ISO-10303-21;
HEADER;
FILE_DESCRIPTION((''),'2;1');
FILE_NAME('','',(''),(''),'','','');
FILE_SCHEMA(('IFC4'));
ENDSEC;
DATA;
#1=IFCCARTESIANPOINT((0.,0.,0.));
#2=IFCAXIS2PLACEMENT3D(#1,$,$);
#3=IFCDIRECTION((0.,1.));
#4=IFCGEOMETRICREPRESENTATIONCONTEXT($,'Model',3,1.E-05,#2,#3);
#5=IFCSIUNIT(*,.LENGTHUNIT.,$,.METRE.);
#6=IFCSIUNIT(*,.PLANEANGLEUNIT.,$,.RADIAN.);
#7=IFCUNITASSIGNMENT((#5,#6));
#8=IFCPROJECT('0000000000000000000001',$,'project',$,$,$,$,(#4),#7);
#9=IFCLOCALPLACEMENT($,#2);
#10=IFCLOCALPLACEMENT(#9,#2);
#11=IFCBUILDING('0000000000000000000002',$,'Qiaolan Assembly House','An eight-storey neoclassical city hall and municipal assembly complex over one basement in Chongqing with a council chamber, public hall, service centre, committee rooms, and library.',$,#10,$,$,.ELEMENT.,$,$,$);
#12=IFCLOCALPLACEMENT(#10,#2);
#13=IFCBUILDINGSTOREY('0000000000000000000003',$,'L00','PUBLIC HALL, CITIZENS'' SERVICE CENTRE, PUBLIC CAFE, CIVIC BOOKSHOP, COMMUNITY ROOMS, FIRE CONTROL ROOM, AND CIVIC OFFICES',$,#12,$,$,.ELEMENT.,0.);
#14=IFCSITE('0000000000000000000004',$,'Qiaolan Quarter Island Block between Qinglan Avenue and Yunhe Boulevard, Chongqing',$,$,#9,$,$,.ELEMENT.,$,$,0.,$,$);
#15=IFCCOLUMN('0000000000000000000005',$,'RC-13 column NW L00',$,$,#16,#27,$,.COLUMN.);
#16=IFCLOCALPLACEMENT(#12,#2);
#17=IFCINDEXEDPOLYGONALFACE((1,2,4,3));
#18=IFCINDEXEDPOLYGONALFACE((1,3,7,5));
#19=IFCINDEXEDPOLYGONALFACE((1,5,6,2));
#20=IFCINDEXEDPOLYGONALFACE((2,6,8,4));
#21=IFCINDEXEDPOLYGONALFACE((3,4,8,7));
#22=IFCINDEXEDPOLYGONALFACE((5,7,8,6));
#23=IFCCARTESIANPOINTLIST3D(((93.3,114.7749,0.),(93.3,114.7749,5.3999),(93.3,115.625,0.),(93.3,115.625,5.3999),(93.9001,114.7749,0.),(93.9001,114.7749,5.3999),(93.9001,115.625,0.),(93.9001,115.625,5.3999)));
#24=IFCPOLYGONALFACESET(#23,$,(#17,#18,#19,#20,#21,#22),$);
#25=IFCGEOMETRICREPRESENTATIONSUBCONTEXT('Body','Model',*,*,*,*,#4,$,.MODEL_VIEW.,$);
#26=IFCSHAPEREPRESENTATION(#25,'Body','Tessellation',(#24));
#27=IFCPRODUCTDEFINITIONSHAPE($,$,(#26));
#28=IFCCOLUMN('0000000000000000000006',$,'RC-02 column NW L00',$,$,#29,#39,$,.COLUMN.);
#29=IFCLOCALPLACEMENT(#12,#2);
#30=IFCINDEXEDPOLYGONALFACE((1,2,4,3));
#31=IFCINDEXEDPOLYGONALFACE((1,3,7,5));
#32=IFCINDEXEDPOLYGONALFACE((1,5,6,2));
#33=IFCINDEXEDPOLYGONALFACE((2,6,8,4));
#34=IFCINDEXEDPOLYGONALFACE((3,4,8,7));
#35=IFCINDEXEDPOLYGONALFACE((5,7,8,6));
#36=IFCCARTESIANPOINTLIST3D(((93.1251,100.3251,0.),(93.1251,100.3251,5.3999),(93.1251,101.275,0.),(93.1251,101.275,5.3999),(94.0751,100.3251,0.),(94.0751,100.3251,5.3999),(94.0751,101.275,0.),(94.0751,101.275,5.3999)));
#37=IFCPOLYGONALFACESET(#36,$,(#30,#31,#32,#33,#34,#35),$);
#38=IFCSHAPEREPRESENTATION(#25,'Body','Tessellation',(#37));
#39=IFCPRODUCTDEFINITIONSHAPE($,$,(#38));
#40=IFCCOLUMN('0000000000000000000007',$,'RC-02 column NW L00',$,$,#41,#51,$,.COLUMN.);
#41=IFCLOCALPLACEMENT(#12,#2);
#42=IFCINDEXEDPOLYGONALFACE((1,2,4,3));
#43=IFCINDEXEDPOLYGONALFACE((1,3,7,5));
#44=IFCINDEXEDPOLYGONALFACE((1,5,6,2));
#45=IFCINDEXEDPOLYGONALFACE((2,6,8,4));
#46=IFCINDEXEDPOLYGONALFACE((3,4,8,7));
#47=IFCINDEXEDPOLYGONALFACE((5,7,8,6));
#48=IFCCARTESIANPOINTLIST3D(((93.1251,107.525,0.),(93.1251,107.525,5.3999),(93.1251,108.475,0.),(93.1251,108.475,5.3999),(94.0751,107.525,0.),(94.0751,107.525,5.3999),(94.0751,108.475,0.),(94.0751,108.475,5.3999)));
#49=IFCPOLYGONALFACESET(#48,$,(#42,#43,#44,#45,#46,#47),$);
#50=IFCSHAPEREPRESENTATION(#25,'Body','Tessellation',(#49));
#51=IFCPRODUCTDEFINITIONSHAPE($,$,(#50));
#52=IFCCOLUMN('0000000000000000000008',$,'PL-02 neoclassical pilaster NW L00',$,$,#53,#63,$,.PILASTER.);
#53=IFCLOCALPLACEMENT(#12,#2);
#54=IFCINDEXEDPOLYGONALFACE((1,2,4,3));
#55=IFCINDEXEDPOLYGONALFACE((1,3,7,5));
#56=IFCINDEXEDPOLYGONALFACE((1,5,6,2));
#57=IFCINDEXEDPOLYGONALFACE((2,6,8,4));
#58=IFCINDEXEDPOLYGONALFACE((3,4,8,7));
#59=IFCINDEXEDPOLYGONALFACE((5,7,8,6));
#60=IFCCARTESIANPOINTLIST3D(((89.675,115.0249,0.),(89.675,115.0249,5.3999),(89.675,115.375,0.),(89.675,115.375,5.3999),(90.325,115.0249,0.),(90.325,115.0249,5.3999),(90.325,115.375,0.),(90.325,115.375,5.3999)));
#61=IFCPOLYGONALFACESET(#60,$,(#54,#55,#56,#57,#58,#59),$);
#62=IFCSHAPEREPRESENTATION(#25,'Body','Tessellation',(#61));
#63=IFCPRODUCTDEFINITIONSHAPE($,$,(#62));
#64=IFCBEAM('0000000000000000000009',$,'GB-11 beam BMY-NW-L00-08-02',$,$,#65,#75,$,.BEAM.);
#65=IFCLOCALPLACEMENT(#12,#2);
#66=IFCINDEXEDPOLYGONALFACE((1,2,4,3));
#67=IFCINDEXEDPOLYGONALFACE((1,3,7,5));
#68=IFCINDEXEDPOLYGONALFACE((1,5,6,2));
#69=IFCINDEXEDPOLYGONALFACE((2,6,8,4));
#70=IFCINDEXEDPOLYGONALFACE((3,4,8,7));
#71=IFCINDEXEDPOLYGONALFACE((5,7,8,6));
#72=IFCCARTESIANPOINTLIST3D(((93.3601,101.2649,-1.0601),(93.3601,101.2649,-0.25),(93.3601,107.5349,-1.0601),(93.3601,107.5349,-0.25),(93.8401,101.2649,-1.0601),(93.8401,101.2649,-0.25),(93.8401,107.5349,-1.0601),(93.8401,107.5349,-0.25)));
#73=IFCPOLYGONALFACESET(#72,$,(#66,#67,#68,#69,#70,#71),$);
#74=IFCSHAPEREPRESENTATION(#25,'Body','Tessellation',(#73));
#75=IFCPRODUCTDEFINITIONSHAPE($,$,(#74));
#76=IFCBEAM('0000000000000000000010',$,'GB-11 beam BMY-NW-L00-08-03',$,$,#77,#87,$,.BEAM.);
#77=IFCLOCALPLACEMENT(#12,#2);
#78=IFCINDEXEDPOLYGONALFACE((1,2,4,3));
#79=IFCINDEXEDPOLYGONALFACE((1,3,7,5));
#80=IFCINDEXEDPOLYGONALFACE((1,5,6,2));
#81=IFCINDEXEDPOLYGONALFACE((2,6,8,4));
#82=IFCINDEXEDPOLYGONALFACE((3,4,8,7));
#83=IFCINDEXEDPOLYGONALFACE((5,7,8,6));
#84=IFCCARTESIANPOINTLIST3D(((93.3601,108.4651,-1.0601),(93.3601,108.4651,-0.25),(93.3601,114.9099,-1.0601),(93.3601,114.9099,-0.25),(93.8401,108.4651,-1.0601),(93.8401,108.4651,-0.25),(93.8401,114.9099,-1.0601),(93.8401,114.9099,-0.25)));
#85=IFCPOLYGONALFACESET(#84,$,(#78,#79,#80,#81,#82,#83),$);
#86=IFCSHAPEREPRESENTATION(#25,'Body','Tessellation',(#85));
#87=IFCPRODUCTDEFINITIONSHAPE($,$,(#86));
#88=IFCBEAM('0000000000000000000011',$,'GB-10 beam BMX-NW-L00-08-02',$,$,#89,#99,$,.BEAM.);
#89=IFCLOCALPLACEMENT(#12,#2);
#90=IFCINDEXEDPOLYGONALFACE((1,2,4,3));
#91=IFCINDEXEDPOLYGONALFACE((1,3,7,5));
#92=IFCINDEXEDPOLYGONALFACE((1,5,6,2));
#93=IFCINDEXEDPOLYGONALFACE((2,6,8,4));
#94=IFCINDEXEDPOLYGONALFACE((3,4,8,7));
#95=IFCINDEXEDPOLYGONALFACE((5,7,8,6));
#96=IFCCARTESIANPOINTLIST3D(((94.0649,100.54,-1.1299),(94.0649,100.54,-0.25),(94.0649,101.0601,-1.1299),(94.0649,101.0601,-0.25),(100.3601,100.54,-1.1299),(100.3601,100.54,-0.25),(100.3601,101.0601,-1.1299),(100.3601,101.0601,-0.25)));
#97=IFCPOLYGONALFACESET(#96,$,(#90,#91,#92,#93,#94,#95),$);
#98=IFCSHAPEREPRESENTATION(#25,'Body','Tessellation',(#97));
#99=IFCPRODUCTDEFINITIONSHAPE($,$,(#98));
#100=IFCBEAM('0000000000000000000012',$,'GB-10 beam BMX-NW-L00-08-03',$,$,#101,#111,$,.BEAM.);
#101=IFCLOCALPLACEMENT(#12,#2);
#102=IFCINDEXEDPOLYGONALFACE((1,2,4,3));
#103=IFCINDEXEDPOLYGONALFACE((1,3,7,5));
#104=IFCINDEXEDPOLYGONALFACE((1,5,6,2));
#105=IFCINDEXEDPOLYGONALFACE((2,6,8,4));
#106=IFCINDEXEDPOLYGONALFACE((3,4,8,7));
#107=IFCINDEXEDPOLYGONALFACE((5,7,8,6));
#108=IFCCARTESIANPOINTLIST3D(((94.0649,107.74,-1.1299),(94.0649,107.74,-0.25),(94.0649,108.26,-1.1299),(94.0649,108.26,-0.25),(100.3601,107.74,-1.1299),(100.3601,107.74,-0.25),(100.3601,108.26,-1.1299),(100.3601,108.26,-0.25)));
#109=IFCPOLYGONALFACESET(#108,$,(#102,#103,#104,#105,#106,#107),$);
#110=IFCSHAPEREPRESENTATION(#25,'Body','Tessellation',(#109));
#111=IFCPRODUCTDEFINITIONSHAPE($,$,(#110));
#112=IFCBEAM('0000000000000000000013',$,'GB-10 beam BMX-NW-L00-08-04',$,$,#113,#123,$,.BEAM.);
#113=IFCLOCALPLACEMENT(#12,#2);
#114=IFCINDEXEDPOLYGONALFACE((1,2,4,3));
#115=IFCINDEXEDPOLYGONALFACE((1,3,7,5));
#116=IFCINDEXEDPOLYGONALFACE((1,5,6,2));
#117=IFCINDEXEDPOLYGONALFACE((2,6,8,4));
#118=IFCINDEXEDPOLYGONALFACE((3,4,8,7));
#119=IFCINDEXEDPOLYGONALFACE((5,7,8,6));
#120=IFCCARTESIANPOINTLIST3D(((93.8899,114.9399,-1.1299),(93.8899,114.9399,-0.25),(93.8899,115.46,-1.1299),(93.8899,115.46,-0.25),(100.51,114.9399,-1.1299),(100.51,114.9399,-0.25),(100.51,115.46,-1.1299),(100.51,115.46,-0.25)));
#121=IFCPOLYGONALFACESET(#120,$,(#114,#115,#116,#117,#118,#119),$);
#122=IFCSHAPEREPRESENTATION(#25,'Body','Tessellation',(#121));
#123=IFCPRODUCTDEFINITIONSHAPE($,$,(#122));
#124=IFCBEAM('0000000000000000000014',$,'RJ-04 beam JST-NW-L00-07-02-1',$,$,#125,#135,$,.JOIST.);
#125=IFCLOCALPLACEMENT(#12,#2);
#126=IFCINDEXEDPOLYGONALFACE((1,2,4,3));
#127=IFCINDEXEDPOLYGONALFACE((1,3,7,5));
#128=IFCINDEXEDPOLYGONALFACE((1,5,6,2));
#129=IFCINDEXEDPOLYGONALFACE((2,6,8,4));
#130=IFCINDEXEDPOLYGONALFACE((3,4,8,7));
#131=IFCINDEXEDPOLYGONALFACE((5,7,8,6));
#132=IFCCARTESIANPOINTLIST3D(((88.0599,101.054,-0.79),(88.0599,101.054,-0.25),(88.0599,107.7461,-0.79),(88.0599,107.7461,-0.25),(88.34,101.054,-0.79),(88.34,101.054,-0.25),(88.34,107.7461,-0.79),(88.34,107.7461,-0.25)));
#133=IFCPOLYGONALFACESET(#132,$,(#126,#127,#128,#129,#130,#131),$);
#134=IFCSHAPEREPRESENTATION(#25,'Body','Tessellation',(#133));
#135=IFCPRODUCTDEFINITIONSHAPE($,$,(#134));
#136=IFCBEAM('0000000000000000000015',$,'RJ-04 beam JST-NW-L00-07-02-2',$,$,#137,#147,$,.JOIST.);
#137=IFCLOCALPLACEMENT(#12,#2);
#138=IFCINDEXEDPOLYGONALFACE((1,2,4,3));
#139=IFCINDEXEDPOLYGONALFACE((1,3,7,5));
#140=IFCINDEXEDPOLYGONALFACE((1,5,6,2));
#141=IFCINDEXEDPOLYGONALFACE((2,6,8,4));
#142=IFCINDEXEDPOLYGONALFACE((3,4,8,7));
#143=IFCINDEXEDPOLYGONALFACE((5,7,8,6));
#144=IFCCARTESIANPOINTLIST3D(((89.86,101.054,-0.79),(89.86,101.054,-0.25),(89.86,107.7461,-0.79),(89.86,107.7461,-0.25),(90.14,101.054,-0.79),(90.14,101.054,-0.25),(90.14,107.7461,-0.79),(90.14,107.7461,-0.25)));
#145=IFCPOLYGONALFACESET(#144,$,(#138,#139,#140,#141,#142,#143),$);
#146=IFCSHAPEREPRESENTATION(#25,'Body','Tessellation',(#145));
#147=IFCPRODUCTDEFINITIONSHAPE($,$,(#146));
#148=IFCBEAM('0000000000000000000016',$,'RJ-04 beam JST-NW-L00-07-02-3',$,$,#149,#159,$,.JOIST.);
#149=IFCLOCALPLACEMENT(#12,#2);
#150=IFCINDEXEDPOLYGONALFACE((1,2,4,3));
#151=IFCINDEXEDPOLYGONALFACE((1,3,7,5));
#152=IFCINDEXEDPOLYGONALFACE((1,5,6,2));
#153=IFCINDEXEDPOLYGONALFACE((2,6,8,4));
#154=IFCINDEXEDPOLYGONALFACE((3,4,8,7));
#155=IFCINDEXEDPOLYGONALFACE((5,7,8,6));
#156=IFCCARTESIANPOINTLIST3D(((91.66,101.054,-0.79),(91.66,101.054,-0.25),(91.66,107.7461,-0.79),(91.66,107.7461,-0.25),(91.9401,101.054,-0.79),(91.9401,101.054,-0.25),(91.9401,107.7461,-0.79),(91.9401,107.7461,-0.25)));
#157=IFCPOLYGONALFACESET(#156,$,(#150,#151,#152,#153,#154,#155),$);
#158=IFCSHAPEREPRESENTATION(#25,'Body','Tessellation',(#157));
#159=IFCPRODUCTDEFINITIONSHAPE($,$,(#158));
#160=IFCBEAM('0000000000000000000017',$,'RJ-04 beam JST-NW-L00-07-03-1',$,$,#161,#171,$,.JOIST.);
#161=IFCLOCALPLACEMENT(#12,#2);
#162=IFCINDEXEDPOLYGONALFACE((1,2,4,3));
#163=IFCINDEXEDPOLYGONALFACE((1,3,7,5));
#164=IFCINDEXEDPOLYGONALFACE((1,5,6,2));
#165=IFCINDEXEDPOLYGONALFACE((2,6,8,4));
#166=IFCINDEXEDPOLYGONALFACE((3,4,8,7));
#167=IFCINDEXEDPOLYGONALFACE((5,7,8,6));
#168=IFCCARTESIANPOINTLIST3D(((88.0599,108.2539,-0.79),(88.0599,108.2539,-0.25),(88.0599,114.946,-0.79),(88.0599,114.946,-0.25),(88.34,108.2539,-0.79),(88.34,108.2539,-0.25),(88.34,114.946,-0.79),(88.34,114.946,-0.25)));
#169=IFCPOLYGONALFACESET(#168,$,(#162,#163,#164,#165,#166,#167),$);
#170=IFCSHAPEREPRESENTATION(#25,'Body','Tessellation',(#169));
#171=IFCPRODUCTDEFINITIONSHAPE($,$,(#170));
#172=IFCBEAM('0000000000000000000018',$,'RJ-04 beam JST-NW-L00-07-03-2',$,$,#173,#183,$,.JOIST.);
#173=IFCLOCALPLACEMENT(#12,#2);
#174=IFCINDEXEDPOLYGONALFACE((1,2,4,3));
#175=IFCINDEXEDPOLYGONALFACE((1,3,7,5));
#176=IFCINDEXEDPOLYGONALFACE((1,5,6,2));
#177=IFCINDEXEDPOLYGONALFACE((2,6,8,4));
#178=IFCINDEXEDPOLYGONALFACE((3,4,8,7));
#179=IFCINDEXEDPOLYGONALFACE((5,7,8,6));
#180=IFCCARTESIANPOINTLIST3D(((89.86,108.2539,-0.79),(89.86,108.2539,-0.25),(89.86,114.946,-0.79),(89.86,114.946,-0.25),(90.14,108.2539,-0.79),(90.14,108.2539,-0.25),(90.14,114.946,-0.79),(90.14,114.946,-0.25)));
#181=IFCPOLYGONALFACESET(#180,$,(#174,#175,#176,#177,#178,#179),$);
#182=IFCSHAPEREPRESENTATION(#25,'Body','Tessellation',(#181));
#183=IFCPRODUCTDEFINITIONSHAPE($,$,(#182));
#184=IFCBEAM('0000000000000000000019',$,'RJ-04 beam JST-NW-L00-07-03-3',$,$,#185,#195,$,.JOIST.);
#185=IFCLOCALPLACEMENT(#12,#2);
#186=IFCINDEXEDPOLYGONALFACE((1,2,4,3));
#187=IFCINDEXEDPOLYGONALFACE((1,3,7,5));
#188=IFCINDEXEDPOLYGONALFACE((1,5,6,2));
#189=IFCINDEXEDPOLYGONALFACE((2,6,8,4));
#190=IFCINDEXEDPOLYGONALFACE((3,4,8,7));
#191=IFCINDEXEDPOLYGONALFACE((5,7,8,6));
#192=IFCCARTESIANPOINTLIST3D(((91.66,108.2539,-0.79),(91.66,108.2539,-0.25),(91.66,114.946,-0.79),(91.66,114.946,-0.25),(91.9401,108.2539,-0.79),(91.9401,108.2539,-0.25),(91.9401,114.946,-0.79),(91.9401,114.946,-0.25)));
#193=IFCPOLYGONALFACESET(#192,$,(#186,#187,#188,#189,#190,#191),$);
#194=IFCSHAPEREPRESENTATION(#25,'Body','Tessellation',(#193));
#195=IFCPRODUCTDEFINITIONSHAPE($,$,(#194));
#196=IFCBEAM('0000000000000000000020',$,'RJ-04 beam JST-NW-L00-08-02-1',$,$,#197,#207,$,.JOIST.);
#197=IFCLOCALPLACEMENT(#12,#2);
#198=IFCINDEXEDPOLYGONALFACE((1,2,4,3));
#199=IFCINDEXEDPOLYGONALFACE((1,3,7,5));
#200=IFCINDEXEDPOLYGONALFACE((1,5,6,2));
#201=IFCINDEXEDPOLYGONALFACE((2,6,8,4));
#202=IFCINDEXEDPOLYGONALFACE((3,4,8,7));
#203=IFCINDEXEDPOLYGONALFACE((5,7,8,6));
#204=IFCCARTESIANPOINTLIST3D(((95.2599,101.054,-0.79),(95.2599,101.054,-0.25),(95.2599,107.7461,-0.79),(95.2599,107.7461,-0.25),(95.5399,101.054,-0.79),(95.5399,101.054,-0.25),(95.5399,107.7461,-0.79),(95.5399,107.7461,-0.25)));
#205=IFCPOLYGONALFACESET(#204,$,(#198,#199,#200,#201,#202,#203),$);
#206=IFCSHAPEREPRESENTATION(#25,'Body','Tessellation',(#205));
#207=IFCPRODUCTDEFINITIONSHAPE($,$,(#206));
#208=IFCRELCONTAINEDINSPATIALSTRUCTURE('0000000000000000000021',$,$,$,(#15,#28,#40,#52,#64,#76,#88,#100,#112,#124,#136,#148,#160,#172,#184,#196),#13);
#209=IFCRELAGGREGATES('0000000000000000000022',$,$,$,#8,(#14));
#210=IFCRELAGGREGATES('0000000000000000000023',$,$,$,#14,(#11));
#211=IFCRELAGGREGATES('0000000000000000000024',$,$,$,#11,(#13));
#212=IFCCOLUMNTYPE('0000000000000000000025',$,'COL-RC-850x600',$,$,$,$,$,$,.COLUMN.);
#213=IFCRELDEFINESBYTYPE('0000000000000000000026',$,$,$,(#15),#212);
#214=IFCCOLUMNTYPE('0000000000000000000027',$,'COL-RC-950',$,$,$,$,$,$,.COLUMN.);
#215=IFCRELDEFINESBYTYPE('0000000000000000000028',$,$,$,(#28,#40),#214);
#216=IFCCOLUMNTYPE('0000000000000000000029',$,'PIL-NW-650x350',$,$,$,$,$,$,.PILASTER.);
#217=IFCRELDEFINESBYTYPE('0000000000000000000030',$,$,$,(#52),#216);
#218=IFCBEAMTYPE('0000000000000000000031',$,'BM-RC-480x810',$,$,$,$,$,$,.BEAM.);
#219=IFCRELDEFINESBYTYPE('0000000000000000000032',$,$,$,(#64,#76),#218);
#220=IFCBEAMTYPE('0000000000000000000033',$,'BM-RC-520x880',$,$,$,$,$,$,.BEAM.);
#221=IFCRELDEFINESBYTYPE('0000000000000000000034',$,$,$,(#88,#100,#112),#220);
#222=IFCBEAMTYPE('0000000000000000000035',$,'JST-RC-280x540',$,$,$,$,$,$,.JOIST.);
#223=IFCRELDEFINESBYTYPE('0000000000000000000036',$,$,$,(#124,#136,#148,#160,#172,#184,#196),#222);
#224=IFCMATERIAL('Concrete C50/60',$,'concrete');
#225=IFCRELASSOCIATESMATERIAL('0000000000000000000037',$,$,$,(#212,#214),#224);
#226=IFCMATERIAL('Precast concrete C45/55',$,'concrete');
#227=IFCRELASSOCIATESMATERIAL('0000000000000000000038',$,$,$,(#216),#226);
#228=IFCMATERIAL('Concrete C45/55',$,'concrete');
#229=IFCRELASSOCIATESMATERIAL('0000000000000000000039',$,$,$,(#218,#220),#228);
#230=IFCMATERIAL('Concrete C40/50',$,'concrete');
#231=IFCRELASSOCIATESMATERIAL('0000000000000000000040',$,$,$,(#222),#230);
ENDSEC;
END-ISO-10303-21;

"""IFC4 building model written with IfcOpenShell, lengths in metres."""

from ifc_helpers import new_model, si_unit, direction, frame, origin, origin_2d, place, context, subcontext, project, spatial, rectangle, extrude, material, material_profile, profile_set, type_object, element, save


model = new_model("IFC4")

# Units and contexts
model_context = context("Model", 3, precision=1e-05, world=origin(), true_north=direction((0.0, 1.0)))
body_context = subcontext(model_context, "Body", "Model", "MODEL_VIEW")
ifc_project = project(units=[si_unit("LENGTHUNIT", "METRE"), si_unit("PLANEANGLEUNIT", "RADIAN")], contexts=[model_context])

# Site, building, storey
site_placement = place(None, origin())
site = spatial("IfcSite", under=ifc_project, at=site_placement, Name="Qiaolan Quarter Island Block between Qinglan Avenue and Yunhe Boulevard, Chongqing", CompositionType="ELEMENT", RefElevation=0.0)
building_placement = place(site_placement, origin())
building = spatial("IfcBuilding", under=site, at=building_placement, Name="Qiaolan Assembly House", Description="An eight-storey neoclassical city hall and municipal assembly complex over one basement in Chongqing with a council chamber, public hall, service centre, committee rooms, and library.", CompositionType="ELEMENT")
storey_placement = place(building_placement, origin())
storey = spatial("IfcBuildingStorey", under=building, at=storey_placement, Name="L00", Description="PUBLIC HALL, CITIZENS' SERVICE CENTRE, PUBLIC CAFE, CIVIC BOOKSHOP, COMMUNITY ROOMS, FIRE CONTROL ROOM, AND CIVIC OFFICES", CompositionType="ELEMENT", Elevation=0.0)

# Columns
ifc_material_1 = material(Name="Concrete C50/60", Category="concrete")
ifc_material_profile_1 = material_profile(ifc_material_1, rectangle(XDim=0.6001, YDim=0.8501, at=origin_2d()), Name="RC 850x600")
ifc_profile_set_1 = profile_set([ifc_material_profile_1], Name="Concrete C50/60")
column_type_1 = type_object("IfcColumnType", Name="COL-RC-850x600", PredefinedType="COLUMN", material=ifc_profile_set_1)
column_1_placement = place(storey_placement, frame((93.6001, 115.2, 0.0), z_axis=(0.0, 0.0, 1.0), x_axis=(1.0, 0.0, 0.0)))
element("IfcColumn", 1, at=column_1_placement, inside=storey, type_object=column_type_1, Name="RC-13 column NW L00", PredefinedType="COLUMN", context=body_context, shape_type="SweptSolid", body=[
    extrude(rectangle(XDim=0.6001, YDim=0.8501, at=origin_2d()), origin(), (0.0, 0.0, 1.0), 5.3999),
])
ifc_material_profile_2 = material_profile(ifc_material_1, rectangle(XDim=0.95, YDim=0.95, at=origin_2d()), Name="RC 950x950")
ifc_profile_set_2 = profile_set([ifc_material_profile_2], Name="Concrete C50/60")
column_type_2 = type_object("IfcColumnType", Name="COL-RC-950", PredefinedType="COLUMN", material=ifc_profile_set_2)
for number, where, z_axis, x_axis, name in (
    (2, (93.6001, 100.8, 0.0), (0.0, 0.0, 1.0), (1.0, 0.0, 0.0), "RC-02 column NW L00"),
    (3, (93.6001, 108.0, 0.0), (0.0, 0.0, 1.0), (1.0, 0.0, 0.0), "RC-02 column NW L00"),
):
    element("IfcColumn", number, at=place(storey_placement, frame(where, z_axis=z_axis, x_axis=x_axis)), inside=storey, type_object=column_type_2, Name=name, PredefinedType="COLUMN", context=body_context, shape_type="SweptSolid", body=[
        extrude(rectangle(XDim=0.95, YDim=0.95, at=origin_2d()), origin(), (0.0, 0.0, 1.0), 5.3999),
    ])
ifc_material_2 = material(Name="Precast concrete C45/55", Category="concrete")
ifc_material_profile_3 = material_profile(ifc_material_2, rectangle(XDim=0.6499, YDim=0.3501, at=origin_2d()), Name="PIL 650x350")
ifc_profile_set_3 = profile_set([ifc_material_profile_3], Name="Precast concrete C45/55")
column_type_3 = type_object("IfcColumnType", Name="PIL-NW-650x350", PredefinedType="PILASTER", material=ifc_profile_set_3)
column_2_placement = place(storey_placement, frame((90.0, 115.2, 0.0), z_axis=(0.0, 0.0, 1.0), x_axis=(1.0, 0.0, 0.0)))
element("IfcColumn", 4, at=column_2_placement, inside=storey, type_object=column_type_3, Name="PL-02 neoclassical pilaster NW L00", PredefinedType="PILASTER", context=body_context, shape_type="SweptSolid", body=[
    extrude(rectangle(XDim=0.6499, YDim=0.3501, at=origin_2d()), origin(), (0.0, 0.0, 1.0), 5.3999),
])

# Beams
ifc_material_3 = material(Name="Concrete C45/55", Category="concrete")
ifc_material_profile_4 = material_profile(ifc_material_3, rectangle(XDim=0.48, YDim=0.8101, at=origin_2d()), Name="RCB 480x810")
ifc_profile_set_4 = profile_set([ifc_material_profile_4], Name="Concrete C45/55")
beam_type_1 = type_object("IfcBeamType", Name="BM-RC-480x810", PredefinedType="BEAM", material=ifc_profile_set_4)
beam_1_placement = place(storey_placement, frame((93.6001, 101.2649, -0.655), z_axis=(0.0, 1.0, 0.0), x_axis=(-1.0, 0.0, 0.0)))
element("IfcBeam", 5, at=beam_1_placement, inside=storey, type_object=beam_type_1, Name="GB-11 beam BMY-NW-L00-08-02", PredefinedType="BEAM", context=body_context, shape_type="SweptSolid", body=[
    extrude(rectangle(XDim=0.48, YDim=0.8101, at=origin_2d()), origin(), (0.0, 0.0, 1.0), 6.27),
])
beam_2_placement = place(storey_placement, frame((93.6001, 108.4651, -0.655), z_axis=(0.0, 1.0, 0.0), x_axis=(-1.0, 0.0, 0.0)))
element("IfcBeam", 6, at=beam_2_placement, inside=storey, type_object=beam_type_1, Name="GB-11 beam BMY-NW-L00-08-03", PredefinedType="BEAM", context=body_context, shape_type="SweptSolid", body=[
    extrude(rectangle(XDim=0.48, YDim=0.8101, at=origin_2d()), origin(), (0.0, 0.0, 1.0), 6.4448),
])
ifc_material_profile_5 = material_profile(ifc_material_3, rectangle(XDim=0.52, YDim=0.8799, at=origin_2d()), Name="RCB 520x880")
ifc_profile_set_5 = profile_set([ifc_material_profile_5], Name="Concrete C45/55")
beam_type_2 = type_object("IfcBeamType", Name="BM-RC-520x880", PredefinedType="BEAM", material=ifc_profile_set_5)
for number, where, z_axis, x_axis, name in (
    (7, (94.0649, 100.8, -0.6899), (1.0, 0.0, 0.0), (0.0, 1.0, 0.0), "GB-10 beam BMX-NW-L00-08-02"),
    (8, (94.0649, 108.0, -0.6899), (1.0, 0.0, 0.0), (0.0, 1.0, 0.0), "GB-10 beam BMX-NW-L00-08-03"),
):
    element("IfcBeam", number, at=place(storey_placement, frame(where, z_axis=z_axis, x_axis=x_axis)), inside=storey, type_object=beam_type_2, Name=name, PredefinedType="BEAM", context=body_context, shape_type="SweptSolid", body=[
        extrude(rectangle(XDim=0.52, YDim=0.8799, at=origin_2d()), origin(), (0.0, 0.0, 1.0), 6.2952),
    ])
beam_3_placement = place(storey_placement, frame((93.8899, 115.2, -0.6899), z_axis=(1.0, 0.0, 0.0), x_axis=(0.0, 1.0, 0.0)))
element("IfcBeam", 9, at=beam_3_placement, inside=storey, type_object=beam_type_2, Name="GB-10 beam BMX-NW-L00-08-04", PredefinedType="BEAM", context=body_context, shape_type="SweptSolid", body=[
    extrude(rectangle(XDim=0.52, YDim=0.8799, at=origin_2d()), origin(), (0.0, 0.0, 1.0), 6.6201),
])
ifc_material_4 = material(Name="Concrete C40/50", Category="concrete")
ifc_material_profile_6 = material_profile(ifc_material_4, rectangle(XDim=0.28, YDim=0.54, at=origin_2d()), Name="RCB 280x540")
ifc_profile_set_6 = profile_set([ifc_material_profile_6], Name="Concrete C40/50")
beam_type_3 = type_object("IfcBeamType", Name="JST-RC-280x540", PredefinedType="JOIST", material=ifc_profile_set_6)
for number, where, z_axis, x_axis, name in (
    (10, (88.2, 101.054, -0.52), (0.0, 1.0, 0.0), (-1.0, 0.0, 0.0), "RJ-04 beam JST-NW-L00-07-02-1"),
    (11, (90.0, 101.054, -0.52), (0.0, 1.0, 0.0), (-1.0, 0.0, 0.0), "RJ-04 beam JST-NW-L00-07-02-2"),
    (12, (91.8, 101.054, -0.52), (0.0, 1.0, 0.0), (-1.0, 0.0, 0.0), "RJ-04 beam JST-NW-L00-07-02-3"),
    (13, (88.2, 108.2539, -0.52), (0.0, 1.0, 0.0), (-1.0, 0.0, 0.0), "RJ-04 beam JST-NW-L00-07-03-1"),
    (14, (90.0, 108.2539, -0.52), (0.0, 1.0, 0.0), (-1.0, 0.0, 0.0), "RJ-04 beam JST-NW-L00-07-03-2"),
    (15, (91.8, 108.2539, -0.52), (0.0, 1.0, 0.0), (-1.0, 0.0, 0.0), "RJ-04 beam JST-NW-L00-07-03-3"),
    (16, (95.3999, 101.054, -0.52), (0.0, 1.0, 0.0), (-1.0, 0.0, 0.0), "RJ-04 beam JST-NW-L00-08-02-1"),
):
    element("IfcBeam", number, at=place(storey_placement, frame(where, z_axis=z_axis, x_axis=x_axis)), inside=storey, type_object=beam_type_3, Name=name, PredefinedType="JOIST", context=body_context, shape_type="SweptSolid", body=[
        extrude(rectangle(XDim=0.28, YDim=0.54, at=origin_2d()), origin(), (0.0, 0.0, 1.0), 6.6921),
    ])

save(model, "model.ifc")
